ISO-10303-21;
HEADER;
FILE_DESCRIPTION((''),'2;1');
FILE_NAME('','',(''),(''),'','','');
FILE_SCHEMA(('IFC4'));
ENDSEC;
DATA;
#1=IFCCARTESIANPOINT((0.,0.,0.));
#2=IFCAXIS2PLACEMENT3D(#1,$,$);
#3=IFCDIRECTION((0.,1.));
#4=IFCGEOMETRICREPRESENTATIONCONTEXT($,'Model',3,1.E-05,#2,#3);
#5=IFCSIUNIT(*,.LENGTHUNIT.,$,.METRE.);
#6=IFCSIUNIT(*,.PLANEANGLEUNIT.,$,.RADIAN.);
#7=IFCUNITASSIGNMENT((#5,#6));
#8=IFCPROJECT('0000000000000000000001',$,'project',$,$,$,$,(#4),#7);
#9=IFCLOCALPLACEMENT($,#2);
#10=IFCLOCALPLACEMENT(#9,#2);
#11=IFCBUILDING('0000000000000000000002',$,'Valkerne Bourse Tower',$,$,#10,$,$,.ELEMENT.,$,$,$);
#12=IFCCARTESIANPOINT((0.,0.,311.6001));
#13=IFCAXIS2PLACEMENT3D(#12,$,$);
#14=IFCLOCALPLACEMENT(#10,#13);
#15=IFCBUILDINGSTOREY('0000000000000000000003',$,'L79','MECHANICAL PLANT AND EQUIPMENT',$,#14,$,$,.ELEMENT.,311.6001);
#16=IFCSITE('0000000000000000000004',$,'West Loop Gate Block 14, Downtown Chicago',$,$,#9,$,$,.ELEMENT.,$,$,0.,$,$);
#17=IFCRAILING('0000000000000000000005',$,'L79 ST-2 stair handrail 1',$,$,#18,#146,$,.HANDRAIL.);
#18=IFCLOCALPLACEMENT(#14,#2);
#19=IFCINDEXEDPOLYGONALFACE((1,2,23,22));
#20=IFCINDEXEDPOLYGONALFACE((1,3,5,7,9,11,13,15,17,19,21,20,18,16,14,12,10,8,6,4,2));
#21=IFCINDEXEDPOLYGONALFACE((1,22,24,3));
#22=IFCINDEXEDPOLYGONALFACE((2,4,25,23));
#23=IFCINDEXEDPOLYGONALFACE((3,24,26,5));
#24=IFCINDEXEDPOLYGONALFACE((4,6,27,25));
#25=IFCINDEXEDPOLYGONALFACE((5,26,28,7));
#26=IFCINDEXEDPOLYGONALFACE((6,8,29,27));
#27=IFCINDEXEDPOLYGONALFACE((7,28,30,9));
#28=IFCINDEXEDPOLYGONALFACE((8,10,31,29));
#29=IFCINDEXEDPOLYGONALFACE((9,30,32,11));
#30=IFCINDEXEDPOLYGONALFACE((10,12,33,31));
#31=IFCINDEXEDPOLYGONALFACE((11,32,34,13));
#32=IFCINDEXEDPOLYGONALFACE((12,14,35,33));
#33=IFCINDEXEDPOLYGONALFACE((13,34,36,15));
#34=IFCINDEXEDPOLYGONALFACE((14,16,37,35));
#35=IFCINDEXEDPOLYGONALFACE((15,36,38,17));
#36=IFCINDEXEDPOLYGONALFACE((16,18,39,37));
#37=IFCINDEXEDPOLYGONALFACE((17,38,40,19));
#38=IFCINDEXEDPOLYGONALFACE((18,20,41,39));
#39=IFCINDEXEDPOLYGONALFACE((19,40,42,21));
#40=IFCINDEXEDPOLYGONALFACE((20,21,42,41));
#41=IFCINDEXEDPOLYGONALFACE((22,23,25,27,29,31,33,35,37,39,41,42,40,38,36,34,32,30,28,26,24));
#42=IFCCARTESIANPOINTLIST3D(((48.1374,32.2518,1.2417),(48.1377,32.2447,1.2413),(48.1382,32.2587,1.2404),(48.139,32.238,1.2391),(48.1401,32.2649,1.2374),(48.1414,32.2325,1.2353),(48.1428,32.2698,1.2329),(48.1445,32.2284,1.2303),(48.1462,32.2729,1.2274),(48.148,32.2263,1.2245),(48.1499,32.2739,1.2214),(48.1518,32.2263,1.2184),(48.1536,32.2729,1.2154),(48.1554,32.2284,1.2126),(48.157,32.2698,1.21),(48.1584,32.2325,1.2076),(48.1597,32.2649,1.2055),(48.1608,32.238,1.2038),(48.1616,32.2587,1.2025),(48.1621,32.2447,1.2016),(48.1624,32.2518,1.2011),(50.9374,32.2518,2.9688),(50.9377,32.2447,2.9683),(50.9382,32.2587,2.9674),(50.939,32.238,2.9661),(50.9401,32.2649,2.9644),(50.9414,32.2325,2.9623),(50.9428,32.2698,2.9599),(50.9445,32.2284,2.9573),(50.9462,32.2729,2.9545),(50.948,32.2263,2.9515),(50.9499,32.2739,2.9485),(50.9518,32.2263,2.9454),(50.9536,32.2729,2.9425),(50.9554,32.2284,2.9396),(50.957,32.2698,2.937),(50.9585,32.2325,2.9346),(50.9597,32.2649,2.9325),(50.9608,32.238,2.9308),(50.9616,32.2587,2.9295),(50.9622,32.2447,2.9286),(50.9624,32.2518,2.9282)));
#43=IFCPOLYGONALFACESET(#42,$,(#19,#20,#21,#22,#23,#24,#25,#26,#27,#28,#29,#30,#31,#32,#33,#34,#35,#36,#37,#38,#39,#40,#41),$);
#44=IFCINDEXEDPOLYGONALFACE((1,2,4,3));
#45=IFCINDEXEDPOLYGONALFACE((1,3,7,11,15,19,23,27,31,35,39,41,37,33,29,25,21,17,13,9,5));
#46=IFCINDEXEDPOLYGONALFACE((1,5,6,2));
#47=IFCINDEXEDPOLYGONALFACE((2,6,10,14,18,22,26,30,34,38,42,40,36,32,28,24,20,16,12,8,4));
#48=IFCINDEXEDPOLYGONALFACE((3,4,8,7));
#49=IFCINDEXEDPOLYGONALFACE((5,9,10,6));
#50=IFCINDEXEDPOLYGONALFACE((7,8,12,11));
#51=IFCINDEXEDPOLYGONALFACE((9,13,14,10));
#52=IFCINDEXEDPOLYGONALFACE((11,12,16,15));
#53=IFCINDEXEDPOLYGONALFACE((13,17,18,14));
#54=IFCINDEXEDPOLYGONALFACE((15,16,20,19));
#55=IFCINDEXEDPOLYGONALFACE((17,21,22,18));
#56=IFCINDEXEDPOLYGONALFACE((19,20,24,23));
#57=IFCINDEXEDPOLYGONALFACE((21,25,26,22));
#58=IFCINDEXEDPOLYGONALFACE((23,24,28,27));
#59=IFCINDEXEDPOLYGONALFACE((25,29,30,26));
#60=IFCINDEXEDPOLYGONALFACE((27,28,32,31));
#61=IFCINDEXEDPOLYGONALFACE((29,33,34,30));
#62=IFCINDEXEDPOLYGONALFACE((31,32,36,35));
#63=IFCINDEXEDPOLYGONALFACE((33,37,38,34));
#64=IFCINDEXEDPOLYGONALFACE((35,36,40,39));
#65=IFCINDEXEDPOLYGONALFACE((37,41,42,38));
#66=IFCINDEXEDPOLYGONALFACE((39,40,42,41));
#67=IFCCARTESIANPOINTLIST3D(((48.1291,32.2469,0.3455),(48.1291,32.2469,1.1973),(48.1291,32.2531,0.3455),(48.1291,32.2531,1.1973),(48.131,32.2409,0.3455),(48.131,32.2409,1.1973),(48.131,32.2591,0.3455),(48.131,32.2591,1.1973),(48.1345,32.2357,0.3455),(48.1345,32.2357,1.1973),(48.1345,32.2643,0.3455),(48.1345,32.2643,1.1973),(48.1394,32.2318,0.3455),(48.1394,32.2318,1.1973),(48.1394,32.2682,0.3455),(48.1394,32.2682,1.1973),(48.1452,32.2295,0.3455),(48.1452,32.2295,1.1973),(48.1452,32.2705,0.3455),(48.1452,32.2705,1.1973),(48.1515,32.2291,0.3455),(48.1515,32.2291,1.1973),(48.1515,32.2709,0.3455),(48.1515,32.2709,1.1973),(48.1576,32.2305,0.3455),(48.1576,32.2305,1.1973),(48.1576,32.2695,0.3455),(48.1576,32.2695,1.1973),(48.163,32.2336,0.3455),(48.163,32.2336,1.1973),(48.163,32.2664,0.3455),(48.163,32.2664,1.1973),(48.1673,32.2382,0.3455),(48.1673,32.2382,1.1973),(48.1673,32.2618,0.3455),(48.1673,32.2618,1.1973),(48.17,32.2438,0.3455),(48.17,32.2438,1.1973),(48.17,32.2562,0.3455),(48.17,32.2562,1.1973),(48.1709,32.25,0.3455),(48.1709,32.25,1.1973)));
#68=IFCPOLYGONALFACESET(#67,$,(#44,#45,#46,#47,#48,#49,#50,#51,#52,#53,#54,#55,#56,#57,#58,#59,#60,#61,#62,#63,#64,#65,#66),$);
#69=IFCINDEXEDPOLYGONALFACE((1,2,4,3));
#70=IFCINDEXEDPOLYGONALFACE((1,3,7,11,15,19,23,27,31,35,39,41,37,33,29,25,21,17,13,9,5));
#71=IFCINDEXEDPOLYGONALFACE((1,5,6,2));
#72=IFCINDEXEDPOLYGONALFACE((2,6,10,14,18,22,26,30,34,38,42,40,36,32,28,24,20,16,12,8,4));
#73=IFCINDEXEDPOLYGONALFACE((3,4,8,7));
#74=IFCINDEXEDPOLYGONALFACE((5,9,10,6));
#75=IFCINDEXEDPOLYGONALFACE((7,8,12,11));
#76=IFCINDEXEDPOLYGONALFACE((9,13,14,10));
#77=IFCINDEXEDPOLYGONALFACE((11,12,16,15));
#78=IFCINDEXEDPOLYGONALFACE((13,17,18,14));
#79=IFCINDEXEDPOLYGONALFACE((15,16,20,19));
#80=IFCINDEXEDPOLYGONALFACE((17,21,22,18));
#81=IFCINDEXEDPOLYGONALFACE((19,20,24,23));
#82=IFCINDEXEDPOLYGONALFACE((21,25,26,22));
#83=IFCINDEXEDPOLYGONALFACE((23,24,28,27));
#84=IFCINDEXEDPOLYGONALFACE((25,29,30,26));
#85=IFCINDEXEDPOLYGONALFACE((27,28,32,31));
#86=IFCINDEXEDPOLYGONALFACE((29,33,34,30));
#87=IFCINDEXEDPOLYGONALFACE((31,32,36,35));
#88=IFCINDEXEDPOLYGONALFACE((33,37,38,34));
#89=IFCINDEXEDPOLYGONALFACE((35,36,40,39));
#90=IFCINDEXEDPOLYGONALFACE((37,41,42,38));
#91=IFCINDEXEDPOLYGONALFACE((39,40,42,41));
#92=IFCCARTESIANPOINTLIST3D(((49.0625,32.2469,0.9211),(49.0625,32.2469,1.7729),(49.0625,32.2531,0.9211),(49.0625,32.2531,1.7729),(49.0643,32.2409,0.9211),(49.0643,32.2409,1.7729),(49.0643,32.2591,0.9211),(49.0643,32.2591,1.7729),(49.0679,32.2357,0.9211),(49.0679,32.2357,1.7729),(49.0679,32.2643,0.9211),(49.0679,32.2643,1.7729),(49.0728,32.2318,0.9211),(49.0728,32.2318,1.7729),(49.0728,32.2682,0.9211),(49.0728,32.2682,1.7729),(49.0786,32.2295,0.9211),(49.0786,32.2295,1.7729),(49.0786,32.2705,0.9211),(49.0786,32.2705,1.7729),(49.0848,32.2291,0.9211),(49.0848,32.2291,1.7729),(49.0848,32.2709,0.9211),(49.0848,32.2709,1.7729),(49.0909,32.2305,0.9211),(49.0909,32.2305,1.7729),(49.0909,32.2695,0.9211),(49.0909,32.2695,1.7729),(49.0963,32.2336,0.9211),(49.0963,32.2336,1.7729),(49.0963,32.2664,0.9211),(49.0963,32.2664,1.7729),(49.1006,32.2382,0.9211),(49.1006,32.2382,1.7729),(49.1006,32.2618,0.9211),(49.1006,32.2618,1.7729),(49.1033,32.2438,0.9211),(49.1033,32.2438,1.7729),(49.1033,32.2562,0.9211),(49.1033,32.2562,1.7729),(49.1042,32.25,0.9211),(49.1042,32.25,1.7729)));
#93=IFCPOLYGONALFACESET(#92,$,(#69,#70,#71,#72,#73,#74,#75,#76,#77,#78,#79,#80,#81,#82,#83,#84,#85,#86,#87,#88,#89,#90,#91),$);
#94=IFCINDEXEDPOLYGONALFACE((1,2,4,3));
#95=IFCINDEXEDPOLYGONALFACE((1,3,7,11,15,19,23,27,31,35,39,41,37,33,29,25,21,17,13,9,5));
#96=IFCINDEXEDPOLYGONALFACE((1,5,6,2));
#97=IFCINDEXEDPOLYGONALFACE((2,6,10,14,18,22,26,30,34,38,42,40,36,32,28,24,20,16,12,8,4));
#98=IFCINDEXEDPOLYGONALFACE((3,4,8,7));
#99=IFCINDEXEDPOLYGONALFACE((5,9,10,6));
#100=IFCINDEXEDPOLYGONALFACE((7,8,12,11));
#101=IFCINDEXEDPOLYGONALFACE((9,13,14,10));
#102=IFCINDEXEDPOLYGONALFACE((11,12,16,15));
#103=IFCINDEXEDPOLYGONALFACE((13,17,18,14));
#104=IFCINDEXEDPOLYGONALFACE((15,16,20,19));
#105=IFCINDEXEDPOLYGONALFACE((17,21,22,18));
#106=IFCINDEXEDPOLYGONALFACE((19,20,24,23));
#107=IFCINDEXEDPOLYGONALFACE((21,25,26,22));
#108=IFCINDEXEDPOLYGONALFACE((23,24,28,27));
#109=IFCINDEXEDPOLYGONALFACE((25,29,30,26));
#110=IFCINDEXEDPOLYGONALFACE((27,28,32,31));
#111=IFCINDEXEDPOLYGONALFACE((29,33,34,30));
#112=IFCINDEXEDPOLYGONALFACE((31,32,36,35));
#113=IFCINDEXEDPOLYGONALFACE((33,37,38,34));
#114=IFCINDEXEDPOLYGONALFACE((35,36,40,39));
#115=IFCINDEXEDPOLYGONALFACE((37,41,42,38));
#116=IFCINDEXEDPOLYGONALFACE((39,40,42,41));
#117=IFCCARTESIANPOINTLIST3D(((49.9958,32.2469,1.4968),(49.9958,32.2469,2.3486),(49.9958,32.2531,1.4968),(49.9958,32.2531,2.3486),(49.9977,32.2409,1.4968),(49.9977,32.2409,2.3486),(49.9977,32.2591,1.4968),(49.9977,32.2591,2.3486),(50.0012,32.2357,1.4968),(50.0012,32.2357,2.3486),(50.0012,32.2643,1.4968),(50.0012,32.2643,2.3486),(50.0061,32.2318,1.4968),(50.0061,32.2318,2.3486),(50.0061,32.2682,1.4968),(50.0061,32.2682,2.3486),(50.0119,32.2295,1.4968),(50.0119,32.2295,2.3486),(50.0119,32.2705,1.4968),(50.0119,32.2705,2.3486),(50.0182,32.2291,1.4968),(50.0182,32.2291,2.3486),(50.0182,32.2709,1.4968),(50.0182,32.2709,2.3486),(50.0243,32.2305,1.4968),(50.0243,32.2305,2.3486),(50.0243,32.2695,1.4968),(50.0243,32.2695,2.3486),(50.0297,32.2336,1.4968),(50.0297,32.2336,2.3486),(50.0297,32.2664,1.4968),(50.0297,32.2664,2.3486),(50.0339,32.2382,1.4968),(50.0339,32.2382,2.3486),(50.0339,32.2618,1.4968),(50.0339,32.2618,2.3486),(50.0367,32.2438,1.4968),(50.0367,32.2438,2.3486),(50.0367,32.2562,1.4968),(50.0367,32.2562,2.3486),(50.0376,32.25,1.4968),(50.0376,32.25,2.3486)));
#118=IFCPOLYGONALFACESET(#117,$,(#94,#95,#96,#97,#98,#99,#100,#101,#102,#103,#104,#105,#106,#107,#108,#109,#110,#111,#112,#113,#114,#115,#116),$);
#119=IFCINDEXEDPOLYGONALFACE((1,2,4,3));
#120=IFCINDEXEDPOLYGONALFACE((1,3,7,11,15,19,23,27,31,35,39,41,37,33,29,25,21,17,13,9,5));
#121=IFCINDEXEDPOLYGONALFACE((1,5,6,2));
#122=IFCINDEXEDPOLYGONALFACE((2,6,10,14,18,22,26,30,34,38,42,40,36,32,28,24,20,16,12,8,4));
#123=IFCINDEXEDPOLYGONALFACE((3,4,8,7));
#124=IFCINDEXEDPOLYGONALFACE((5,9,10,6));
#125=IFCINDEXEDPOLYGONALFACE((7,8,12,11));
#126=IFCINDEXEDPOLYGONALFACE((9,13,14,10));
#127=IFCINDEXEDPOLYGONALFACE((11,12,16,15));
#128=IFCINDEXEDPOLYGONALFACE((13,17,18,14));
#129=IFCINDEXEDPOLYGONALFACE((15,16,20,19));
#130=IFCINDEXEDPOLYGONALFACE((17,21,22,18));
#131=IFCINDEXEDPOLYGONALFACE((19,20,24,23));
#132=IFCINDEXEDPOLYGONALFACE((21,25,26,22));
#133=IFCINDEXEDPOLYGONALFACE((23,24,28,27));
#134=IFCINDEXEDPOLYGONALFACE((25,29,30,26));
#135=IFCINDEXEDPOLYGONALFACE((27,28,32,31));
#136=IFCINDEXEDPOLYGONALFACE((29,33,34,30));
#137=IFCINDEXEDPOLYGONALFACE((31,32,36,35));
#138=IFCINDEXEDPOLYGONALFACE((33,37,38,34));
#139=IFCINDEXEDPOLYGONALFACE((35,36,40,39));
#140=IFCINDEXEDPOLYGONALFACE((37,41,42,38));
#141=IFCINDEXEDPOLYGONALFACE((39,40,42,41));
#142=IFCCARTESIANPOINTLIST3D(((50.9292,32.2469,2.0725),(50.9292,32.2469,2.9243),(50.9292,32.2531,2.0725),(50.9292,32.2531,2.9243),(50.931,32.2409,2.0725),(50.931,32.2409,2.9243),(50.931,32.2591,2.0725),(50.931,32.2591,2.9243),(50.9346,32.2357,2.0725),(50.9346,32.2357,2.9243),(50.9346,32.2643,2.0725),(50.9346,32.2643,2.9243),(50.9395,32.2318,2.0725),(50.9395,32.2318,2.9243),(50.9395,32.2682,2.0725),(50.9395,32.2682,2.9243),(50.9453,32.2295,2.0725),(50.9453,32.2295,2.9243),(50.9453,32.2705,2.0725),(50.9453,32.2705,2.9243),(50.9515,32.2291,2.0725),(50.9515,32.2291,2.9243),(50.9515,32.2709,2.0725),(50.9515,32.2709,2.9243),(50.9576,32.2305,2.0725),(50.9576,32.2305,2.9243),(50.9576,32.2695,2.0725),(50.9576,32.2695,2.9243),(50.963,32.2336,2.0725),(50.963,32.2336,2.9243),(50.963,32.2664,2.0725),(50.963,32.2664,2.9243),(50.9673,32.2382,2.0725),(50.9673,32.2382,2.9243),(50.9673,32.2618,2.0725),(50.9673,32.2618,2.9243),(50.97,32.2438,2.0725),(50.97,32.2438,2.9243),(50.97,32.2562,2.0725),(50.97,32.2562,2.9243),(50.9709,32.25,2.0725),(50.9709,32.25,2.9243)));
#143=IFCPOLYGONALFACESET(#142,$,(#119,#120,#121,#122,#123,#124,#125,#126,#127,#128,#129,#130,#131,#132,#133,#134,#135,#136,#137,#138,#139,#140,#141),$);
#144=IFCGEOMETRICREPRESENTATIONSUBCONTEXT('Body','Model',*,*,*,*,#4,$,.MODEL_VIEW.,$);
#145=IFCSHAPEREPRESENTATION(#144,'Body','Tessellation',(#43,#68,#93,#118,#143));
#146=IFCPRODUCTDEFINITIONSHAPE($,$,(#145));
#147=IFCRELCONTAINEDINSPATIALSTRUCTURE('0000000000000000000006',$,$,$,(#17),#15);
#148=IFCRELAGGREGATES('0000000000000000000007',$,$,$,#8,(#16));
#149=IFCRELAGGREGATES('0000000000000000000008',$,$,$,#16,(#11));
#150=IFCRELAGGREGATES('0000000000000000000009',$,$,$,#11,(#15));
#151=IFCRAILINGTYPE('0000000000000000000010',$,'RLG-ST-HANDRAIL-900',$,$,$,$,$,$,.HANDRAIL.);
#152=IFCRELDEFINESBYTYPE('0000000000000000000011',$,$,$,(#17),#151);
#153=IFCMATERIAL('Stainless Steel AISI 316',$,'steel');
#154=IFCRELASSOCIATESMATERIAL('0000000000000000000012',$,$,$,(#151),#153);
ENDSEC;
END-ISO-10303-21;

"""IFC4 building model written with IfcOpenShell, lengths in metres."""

from ifc_helpers import new_model, si_unit, direction, frame, origin, origin_2d, place, context, subcontext, project, spatial, circle, extrude, material, type_object, element, save


model = new_model("IFC4")

# Units and contexts
model_context = context("Model", 3, precision=1e-05, world=origin(), true_north=direction((0.0, 1.0)))
body_context = subcontext(model_context, "Body", "Model", "MODEL_VIEW")
ifc_project = project(units=[si_unit("LENGTHUNIT", "METRE"), si_unit("PLANEANGLEUNIT", "RADIAN")], contexts=[model_context])

# Site, building, storey
site_placement = place(None, origin())
site = spatial("IfcSite", under=ifc_project, at=site_placement, Name="West Loop Gate Block 14, Downtown Chicago", CompositionType="ELEMENT", RefElevation=0.0)
building_placement = place(site_placement, origin())
building = spatial("IfcBuilding", under=site, at=building_placement, Name="Valkerne Bourse Tower", CompositionType="ELEMENT")
storey_placement = place(building_placement, frame((0.0, 0.0, 311.6001)))
storey = spatial("IfcBuildingStorey", under=building, at=storey_placement, Name="L79", Description="MECHANICAL PLANT AND EQUIPMENT", CompositionType="ELEMENT", Elevation=311.6001)

# Shared definitions
ifc_material_1 = material(Name="Stainless Steel AISI 316", Category="steel")

# Railing
railing_type_1 = type_object("IfcRailingType", Name="RLG-ST-HANDRAIL-900", PredefinedType="HANDRAIL", material=ifc_material_1)
railing_1_placement = place(storey_placement, frame((48.1499, 32.25, 0.3455)))
element("IfcRailing", 1, at=railing_1_placement, inside=storey, type_object=railing_type_1, Name="L79 ST-2 stair handrail 1", PredefinedType="HANDRAIL", context=body_context, shape_type="SweptSolid", body=[
    extrude(circle(Radius=0.0239, at=origin_2d()), frame((0.0, 0.0, 0.876), z_axis=(0.851123, 0.0, 0.524967), x_axis=(0.0, 1.0, 0.0)), (0.0, 0.0, 1.0), 3.2898),
    extrude(circle(Radius=0.021, at=origin_2d()), origin(), (0.0, 0.0, 1.0), 0.8518),
    extrude(circle(Radius=0.021, at=origin_2d()), frame((0.9333, 0.0, 0.5757)), (0.0, 0.0, 1.0), 0.8518),
    extrude(circle(Radius=0.021, at=origin_2d()), frame((1.8667, 0.0, 1.1514)), (0.0, 0.0, 1.0), 0.8518),
    extrude(circle(Radius=0.021, at=origin_2d()), frame((2.8, 0.0, 1.7271)), (0.0, 0.0, 1.0), 0.8518),
])

save(model, "model.ifc")
